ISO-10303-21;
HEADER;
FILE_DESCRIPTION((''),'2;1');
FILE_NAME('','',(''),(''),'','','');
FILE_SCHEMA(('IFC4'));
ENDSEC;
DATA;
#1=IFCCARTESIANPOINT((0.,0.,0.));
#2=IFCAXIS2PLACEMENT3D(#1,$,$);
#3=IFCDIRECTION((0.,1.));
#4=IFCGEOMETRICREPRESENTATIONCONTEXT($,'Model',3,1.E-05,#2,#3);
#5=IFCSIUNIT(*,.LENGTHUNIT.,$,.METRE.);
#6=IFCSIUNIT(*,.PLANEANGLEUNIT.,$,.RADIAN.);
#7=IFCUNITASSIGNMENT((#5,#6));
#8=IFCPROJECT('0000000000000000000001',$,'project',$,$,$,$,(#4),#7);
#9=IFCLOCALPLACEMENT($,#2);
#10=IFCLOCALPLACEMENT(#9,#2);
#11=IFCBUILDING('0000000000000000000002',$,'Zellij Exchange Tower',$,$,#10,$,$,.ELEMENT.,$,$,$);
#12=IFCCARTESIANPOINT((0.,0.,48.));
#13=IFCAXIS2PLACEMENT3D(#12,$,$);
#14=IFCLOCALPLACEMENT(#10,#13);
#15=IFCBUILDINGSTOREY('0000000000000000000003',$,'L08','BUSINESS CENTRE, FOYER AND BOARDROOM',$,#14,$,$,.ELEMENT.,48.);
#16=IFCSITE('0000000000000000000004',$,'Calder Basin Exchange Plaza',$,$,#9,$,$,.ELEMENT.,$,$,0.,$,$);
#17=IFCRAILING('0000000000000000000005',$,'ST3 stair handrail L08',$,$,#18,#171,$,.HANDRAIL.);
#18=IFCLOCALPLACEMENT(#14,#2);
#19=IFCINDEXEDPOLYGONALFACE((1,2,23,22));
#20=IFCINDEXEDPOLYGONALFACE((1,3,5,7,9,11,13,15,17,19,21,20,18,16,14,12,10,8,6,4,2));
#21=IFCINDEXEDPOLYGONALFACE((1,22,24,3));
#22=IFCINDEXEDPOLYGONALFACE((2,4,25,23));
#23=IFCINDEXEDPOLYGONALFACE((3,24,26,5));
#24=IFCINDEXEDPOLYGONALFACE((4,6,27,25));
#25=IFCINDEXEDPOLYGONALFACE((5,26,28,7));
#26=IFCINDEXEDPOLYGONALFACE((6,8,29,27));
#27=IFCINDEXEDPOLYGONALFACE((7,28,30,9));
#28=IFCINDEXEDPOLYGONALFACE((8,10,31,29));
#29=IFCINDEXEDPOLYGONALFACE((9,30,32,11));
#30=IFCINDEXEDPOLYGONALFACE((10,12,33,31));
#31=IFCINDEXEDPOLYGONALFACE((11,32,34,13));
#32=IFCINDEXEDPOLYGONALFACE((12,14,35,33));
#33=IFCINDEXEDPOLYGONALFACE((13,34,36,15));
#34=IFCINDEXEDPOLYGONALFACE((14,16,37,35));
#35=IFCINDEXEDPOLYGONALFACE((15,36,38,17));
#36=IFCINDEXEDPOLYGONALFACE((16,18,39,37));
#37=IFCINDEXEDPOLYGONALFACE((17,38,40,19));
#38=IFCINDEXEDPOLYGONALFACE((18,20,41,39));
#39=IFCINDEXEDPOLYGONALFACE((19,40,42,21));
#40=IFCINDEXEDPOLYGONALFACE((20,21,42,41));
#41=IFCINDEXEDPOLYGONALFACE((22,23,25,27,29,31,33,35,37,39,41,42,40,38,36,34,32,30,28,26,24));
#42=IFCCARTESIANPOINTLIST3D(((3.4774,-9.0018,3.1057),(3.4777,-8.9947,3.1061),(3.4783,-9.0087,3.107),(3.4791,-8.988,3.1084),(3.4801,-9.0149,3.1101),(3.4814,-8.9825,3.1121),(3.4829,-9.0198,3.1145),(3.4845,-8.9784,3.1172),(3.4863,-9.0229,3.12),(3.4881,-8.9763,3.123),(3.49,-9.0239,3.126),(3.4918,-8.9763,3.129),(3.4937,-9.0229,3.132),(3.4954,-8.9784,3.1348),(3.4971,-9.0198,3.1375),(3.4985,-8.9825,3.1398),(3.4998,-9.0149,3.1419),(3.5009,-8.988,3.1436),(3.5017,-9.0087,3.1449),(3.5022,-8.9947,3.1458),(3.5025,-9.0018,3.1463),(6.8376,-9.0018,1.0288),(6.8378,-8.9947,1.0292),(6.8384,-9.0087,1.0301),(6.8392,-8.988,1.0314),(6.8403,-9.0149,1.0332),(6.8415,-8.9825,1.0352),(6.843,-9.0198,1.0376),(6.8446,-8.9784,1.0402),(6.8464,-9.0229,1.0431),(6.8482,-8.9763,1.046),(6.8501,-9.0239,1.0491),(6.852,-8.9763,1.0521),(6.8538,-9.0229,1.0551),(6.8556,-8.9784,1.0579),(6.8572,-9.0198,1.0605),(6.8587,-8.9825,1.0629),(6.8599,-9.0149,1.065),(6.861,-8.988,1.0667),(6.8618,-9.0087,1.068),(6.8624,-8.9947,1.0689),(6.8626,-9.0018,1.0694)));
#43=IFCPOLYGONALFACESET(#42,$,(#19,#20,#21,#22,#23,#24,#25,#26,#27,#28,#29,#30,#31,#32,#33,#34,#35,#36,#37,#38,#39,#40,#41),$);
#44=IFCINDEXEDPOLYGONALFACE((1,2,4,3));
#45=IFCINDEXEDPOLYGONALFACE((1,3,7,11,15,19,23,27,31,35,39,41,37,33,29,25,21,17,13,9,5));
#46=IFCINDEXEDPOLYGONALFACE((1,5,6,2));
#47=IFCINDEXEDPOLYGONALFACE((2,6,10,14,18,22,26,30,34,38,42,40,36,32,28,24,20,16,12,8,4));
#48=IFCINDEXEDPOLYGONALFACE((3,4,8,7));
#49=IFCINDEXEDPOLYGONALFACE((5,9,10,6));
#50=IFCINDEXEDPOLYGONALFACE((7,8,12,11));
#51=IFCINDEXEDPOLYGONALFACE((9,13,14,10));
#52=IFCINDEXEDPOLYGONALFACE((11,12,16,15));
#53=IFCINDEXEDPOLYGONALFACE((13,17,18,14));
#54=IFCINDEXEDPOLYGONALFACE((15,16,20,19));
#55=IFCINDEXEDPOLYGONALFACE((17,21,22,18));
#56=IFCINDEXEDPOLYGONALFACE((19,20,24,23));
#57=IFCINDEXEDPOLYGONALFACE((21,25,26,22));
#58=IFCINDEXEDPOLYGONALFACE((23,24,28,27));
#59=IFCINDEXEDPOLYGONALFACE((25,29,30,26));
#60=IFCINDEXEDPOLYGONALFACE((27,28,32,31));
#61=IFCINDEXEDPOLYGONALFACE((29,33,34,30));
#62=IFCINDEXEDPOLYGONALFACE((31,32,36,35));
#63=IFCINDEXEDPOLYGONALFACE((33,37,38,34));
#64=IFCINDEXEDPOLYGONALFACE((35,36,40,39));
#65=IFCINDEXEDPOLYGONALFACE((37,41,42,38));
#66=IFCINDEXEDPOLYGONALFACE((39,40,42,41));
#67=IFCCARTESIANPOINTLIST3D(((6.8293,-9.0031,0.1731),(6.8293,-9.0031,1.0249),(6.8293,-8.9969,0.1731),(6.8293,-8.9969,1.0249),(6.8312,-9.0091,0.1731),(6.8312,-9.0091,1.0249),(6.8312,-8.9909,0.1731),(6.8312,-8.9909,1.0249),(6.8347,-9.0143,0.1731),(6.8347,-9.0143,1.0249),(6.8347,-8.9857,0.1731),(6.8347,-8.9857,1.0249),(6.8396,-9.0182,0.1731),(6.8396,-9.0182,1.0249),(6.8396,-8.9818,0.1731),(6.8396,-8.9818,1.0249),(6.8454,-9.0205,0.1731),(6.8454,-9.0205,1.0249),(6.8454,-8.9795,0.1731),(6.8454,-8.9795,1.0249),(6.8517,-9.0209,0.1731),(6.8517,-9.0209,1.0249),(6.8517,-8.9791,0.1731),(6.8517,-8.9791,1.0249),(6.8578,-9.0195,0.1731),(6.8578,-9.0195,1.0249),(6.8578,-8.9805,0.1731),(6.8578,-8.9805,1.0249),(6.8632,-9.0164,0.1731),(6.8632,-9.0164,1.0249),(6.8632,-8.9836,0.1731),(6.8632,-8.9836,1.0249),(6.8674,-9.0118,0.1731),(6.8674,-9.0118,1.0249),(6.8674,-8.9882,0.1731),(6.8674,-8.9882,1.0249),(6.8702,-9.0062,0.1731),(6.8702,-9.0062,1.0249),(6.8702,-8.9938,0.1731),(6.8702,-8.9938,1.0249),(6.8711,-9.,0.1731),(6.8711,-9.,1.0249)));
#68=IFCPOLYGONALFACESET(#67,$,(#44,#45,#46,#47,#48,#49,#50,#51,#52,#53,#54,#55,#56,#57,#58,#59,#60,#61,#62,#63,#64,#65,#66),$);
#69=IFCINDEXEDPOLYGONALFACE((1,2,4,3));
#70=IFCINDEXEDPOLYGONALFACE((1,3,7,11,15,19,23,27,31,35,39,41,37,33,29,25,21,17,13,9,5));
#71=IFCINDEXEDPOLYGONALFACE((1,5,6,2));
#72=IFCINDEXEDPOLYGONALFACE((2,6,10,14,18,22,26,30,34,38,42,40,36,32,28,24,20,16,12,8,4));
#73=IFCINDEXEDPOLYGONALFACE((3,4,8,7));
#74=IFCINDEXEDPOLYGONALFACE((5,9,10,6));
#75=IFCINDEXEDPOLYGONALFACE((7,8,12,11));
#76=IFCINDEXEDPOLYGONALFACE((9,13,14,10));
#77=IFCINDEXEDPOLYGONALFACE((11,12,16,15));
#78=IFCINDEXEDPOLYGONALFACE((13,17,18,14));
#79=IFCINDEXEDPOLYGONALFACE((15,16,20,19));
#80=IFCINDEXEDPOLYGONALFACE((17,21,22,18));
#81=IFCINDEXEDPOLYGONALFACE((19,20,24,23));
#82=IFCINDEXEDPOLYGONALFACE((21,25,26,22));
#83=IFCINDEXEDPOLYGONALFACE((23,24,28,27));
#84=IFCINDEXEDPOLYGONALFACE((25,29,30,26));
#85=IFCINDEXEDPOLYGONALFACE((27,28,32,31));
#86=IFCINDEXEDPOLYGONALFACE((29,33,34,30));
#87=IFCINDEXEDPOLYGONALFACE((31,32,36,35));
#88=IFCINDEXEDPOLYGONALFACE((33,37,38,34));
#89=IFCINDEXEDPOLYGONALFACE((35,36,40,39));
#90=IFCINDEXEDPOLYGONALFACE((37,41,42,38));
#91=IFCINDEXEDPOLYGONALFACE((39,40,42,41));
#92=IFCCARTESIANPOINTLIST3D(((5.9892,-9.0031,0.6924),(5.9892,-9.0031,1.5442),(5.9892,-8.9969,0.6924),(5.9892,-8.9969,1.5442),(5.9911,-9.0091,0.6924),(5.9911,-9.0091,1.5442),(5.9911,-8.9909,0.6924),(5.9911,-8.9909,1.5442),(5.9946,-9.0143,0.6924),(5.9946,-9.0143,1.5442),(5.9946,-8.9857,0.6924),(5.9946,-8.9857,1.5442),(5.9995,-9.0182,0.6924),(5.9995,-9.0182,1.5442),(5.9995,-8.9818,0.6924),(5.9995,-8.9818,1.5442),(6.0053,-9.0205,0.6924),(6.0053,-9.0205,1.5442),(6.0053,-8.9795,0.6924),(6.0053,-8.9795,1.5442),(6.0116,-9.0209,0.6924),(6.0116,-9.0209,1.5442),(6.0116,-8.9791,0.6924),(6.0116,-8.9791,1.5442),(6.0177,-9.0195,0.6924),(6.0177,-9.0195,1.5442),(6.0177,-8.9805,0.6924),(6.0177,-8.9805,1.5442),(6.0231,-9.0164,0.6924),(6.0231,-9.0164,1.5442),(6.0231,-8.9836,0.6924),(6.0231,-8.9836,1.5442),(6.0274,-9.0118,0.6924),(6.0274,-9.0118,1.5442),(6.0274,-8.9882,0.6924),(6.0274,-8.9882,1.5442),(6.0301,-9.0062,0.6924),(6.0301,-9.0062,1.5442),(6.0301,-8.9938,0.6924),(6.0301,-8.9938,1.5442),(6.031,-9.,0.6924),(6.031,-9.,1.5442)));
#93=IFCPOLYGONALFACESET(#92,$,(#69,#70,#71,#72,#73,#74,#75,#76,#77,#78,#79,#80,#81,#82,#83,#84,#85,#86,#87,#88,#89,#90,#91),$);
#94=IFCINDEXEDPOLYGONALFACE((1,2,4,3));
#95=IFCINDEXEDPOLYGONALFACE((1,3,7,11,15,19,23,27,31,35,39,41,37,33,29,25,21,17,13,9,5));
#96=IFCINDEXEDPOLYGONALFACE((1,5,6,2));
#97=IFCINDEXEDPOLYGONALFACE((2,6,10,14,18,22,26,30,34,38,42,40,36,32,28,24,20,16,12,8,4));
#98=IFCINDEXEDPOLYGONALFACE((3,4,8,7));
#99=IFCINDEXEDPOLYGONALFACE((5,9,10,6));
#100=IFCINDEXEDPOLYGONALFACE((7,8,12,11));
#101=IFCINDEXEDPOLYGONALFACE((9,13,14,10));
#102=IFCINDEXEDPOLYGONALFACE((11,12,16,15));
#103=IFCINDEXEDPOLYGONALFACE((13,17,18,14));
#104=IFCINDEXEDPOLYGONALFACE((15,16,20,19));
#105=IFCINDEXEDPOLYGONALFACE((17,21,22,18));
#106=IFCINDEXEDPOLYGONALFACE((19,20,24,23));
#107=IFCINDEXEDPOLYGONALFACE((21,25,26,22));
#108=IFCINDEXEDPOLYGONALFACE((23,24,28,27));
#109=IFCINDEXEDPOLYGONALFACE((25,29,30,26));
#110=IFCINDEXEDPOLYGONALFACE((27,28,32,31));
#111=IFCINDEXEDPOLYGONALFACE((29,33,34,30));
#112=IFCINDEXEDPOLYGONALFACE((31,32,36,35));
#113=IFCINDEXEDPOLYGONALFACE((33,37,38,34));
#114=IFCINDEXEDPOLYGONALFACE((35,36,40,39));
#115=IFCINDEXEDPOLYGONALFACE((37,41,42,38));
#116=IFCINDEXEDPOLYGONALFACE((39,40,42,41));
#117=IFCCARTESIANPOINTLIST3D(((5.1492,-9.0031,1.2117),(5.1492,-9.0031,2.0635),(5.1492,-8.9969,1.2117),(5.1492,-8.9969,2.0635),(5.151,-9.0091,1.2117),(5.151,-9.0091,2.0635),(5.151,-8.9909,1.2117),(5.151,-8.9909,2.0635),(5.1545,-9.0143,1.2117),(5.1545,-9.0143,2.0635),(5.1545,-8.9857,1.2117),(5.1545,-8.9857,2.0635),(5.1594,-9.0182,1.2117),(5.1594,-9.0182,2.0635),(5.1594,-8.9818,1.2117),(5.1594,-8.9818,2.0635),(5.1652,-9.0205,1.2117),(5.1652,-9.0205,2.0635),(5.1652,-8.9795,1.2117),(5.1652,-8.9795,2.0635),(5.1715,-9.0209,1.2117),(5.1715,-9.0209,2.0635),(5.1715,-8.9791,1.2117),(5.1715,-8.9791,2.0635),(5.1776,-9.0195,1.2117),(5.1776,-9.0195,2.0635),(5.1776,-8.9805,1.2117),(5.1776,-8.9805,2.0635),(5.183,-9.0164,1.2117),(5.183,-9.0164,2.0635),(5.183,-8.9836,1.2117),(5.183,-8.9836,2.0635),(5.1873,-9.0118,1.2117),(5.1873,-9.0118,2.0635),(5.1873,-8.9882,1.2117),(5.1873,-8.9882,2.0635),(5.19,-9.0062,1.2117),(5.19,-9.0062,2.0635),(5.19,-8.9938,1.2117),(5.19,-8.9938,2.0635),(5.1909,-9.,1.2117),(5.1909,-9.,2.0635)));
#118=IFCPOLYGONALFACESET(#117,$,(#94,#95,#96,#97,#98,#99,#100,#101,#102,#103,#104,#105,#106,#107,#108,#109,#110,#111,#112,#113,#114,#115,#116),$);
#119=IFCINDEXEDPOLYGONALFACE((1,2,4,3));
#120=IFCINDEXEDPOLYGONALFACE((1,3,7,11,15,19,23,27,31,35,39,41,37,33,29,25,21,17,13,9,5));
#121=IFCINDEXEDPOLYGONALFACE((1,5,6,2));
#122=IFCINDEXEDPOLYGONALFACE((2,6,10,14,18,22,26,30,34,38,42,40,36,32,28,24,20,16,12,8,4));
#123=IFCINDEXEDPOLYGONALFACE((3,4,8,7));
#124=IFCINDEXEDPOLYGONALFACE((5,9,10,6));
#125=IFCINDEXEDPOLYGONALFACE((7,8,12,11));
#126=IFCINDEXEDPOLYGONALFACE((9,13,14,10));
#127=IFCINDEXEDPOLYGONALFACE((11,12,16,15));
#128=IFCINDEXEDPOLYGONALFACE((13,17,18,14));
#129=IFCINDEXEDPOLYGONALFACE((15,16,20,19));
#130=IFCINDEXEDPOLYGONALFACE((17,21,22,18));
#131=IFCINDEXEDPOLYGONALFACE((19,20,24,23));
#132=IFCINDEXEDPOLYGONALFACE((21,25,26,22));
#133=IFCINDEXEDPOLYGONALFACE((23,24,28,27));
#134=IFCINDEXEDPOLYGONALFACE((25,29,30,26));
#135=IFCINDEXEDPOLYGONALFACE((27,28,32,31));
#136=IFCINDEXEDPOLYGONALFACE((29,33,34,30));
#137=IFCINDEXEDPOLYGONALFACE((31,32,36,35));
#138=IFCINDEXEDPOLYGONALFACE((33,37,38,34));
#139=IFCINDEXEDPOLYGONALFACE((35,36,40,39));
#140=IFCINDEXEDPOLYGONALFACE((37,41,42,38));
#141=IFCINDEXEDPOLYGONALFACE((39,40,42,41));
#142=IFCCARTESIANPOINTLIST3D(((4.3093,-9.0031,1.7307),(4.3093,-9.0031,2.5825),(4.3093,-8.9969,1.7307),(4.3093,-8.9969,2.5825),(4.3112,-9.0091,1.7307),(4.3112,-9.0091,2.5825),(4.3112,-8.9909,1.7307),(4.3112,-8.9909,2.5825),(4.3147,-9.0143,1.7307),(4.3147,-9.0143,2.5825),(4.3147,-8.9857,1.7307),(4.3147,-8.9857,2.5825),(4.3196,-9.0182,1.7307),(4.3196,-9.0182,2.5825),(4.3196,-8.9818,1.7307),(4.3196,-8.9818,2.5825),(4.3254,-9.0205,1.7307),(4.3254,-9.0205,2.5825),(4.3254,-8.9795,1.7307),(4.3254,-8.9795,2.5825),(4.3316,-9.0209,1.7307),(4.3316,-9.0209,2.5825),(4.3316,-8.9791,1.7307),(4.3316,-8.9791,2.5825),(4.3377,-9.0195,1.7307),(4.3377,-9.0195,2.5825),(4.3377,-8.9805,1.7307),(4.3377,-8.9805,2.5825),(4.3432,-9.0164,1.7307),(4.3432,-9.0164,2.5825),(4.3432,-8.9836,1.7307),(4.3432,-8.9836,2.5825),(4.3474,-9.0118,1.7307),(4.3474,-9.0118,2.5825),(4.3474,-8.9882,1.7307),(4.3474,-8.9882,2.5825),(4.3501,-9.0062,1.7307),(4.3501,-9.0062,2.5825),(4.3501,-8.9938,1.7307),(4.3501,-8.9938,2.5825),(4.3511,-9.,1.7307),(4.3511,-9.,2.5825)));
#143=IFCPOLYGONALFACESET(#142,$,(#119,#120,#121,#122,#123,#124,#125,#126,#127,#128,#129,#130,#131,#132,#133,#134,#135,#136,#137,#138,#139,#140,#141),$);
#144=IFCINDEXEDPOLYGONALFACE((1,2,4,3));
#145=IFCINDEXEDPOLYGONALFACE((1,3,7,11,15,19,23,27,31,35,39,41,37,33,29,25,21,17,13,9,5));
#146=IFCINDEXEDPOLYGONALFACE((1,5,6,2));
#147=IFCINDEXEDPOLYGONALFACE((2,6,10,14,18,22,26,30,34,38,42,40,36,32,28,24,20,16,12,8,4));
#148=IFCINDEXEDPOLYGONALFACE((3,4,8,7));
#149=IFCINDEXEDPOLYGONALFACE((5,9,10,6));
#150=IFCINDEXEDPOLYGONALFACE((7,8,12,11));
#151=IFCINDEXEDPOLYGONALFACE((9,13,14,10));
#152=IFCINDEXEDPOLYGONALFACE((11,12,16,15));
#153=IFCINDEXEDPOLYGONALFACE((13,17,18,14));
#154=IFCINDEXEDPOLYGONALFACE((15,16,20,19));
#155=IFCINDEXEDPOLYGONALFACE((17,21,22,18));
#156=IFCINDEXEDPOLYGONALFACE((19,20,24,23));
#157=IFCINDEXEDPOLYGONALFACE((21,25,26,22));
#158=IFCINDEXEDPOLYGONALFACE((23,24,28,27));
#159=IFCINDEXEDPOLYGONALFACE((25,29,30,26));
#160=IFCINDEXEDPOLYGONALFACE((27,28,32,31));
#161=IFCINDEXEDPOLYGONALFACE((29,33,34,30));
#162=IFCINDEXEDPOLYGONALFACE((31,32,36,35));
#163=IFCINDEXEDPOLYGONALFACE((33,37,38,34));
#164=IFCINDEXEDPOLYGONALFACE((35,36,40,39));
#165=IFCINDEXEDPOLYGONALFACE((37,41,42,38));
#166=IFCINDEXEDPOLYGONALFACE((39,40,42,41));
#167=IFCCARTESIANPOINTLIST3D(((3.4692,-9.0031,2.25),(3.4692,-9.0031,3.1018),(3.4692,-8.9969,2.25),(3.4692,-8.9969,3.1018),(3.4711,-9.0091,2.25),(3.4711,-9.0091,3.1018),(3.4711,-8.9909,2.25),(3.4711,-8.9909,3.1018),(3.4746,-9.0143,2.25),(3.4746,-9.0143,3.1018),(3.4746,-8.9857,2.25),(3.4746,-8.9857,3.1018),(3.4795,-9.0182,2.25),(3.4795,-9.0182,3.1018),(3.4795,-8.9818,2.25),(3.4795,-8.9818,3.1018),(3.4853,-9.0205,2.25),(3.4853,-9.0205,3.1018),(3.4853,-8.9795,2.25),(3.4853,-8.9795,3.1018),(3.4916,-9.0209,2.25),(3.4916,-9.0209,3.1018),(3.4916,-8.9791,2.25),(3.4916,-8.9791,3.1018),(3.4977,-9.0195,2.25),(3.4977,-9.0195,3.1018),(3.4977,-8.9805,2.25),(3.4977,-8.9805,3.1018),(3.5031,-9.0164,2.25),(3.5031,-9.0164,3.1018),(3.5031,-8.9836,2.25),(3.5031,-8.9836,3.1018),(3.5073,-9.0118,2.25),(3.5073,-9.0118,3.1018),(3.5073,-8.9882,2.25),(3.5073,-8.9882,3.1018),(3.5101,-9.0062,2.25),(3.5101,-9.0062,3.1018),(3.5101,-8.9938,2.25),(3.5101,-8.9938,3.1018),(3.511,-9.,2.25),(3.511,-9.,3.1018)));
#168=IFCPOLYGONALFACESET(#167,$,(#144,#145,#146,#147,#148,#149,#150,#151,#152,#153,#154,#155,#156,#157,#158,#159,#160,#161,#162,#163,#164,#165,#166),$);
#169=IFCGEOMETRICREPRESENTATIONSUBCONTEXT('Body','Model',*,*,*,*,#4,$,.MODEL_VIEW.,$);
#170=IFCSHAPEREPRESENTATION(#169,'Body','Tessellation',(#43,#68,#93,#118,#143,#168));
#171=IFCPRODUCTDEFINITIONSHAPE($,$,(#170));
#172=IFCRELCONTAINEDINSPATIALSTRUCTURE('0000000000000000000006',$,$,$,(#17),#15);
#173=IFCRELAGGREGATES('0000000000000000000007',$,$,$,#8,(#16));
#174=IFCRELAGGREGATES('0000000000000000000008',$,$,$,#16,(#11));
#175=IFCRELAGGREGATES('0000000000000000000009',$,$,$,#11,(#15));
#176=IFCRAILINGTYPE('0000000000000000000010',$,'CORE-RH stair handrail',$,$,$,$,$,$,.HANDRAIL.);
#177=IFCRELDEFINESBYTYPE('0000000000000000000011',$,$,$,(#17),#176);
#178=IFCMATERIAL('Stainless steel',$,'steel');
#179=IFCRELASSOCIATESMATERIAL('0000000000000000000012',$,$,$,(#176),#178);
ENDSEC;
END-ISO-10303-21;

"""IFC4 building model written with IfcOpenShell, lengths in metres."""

from ifc_helpers import new_model, si_unit, direction, frame, origin, origin_2d, place, context, subcontext, project, spatial, circle, extrude, material, type_object, element, save


model = new_model("IFC4")

# Units and contexts
model_context = context("Model", 3, precision=1e-05, world=origin(), true_north=direction((0.0, 1.0)))
body_context = subcontext(model_context, "Body", "Model", "MODEL_VIEW")
ifc_project = project(units=[si_unit("LENGTHUNIT", "METRE"), si_unit("PLANEANGLEUNIT", "RADIAN")], contexts=[model_context])

# Site, building, storey
site_placement = place(None, origin())
site = spatial("IfcSite", under=ifc_project, at=site_placement, Name="Calder Basin Exchange Plaza", CompositionType="ELEMENT", RefElevation=0.0)
building_placement = place(site_placement, origin())
building = spatial("IfcBuilding", under=site, at=building_placement, Name="Zellij Exchange Tower", CompositionType="ELEMENT")
storey_placement = place(building_placement, frame((0.0, 0.0, 48.0)))
storey = spatial("IfcBuildingStorey", under=building, at=storey_placement, Name="L08", Description="BUSINESS CENTRE, FOYER AND BOARDROOM", CompositionType="ELEMENT", Elevation=48.0)

# Railing
ifc_material_1 = material(Name="Stainless steel", Category="steel")
railing_type_1 = type_object("IfcRailingType", Name="CORE-RH stair handrail", PredefinedType="HANDRAIL", material=ifc_material_1)
railing_1_placement = place(storey_placement, frame((6.8501, -9.0, 0.1731)))
element("IfcRailing", 1, at=railing_1_placement, inside=storey, type_object=railing_type_1, Name="ST3 stair handrail L08", PredefinedType="HANDRAIL", context=body_context, shape_type="SweptSolid", body=[
    extrude(circle(Radius=0.0239, at=origin_2d()), frame((0.0, 0.0, 0.876), z_axis=(-0.850623, 0.0, 0.525776), x_axis=(0.0, -1.0, 0.0)), (0.0, 0.0, 1.0), 3.9502),
    extrude(circle(Radius=0.021, at=origin_2d()), origin(), (0.0, 0.0, 1.0), 0.8518),
    extrude(circle(Radius=0.021, at=origin_2d()), frame((-0.8401, 0.0, 0.5193)), (0.0, 0.0, 1.0), 0.8518),
    extrude(circle(Radius=0.021, at=origin_2d()), frame((-1.6802, 0.0, 1.0386)), (0.0, 0.0, 1.0), 0.8518),
    extrude(circle(Radius=0.021, at=origin_2d()), frame((-2.52, 0.0, 1.5576)), (0.0, 0.0, 1.0), 0.8518),
    extrude(circle(Radius=0.021, at=origin_2d()), frame((-3.3601, 0.0, 2.0769)), (0.0, 0.0, 1.0), 0.8518),
])

save(model, "model.ifc")
